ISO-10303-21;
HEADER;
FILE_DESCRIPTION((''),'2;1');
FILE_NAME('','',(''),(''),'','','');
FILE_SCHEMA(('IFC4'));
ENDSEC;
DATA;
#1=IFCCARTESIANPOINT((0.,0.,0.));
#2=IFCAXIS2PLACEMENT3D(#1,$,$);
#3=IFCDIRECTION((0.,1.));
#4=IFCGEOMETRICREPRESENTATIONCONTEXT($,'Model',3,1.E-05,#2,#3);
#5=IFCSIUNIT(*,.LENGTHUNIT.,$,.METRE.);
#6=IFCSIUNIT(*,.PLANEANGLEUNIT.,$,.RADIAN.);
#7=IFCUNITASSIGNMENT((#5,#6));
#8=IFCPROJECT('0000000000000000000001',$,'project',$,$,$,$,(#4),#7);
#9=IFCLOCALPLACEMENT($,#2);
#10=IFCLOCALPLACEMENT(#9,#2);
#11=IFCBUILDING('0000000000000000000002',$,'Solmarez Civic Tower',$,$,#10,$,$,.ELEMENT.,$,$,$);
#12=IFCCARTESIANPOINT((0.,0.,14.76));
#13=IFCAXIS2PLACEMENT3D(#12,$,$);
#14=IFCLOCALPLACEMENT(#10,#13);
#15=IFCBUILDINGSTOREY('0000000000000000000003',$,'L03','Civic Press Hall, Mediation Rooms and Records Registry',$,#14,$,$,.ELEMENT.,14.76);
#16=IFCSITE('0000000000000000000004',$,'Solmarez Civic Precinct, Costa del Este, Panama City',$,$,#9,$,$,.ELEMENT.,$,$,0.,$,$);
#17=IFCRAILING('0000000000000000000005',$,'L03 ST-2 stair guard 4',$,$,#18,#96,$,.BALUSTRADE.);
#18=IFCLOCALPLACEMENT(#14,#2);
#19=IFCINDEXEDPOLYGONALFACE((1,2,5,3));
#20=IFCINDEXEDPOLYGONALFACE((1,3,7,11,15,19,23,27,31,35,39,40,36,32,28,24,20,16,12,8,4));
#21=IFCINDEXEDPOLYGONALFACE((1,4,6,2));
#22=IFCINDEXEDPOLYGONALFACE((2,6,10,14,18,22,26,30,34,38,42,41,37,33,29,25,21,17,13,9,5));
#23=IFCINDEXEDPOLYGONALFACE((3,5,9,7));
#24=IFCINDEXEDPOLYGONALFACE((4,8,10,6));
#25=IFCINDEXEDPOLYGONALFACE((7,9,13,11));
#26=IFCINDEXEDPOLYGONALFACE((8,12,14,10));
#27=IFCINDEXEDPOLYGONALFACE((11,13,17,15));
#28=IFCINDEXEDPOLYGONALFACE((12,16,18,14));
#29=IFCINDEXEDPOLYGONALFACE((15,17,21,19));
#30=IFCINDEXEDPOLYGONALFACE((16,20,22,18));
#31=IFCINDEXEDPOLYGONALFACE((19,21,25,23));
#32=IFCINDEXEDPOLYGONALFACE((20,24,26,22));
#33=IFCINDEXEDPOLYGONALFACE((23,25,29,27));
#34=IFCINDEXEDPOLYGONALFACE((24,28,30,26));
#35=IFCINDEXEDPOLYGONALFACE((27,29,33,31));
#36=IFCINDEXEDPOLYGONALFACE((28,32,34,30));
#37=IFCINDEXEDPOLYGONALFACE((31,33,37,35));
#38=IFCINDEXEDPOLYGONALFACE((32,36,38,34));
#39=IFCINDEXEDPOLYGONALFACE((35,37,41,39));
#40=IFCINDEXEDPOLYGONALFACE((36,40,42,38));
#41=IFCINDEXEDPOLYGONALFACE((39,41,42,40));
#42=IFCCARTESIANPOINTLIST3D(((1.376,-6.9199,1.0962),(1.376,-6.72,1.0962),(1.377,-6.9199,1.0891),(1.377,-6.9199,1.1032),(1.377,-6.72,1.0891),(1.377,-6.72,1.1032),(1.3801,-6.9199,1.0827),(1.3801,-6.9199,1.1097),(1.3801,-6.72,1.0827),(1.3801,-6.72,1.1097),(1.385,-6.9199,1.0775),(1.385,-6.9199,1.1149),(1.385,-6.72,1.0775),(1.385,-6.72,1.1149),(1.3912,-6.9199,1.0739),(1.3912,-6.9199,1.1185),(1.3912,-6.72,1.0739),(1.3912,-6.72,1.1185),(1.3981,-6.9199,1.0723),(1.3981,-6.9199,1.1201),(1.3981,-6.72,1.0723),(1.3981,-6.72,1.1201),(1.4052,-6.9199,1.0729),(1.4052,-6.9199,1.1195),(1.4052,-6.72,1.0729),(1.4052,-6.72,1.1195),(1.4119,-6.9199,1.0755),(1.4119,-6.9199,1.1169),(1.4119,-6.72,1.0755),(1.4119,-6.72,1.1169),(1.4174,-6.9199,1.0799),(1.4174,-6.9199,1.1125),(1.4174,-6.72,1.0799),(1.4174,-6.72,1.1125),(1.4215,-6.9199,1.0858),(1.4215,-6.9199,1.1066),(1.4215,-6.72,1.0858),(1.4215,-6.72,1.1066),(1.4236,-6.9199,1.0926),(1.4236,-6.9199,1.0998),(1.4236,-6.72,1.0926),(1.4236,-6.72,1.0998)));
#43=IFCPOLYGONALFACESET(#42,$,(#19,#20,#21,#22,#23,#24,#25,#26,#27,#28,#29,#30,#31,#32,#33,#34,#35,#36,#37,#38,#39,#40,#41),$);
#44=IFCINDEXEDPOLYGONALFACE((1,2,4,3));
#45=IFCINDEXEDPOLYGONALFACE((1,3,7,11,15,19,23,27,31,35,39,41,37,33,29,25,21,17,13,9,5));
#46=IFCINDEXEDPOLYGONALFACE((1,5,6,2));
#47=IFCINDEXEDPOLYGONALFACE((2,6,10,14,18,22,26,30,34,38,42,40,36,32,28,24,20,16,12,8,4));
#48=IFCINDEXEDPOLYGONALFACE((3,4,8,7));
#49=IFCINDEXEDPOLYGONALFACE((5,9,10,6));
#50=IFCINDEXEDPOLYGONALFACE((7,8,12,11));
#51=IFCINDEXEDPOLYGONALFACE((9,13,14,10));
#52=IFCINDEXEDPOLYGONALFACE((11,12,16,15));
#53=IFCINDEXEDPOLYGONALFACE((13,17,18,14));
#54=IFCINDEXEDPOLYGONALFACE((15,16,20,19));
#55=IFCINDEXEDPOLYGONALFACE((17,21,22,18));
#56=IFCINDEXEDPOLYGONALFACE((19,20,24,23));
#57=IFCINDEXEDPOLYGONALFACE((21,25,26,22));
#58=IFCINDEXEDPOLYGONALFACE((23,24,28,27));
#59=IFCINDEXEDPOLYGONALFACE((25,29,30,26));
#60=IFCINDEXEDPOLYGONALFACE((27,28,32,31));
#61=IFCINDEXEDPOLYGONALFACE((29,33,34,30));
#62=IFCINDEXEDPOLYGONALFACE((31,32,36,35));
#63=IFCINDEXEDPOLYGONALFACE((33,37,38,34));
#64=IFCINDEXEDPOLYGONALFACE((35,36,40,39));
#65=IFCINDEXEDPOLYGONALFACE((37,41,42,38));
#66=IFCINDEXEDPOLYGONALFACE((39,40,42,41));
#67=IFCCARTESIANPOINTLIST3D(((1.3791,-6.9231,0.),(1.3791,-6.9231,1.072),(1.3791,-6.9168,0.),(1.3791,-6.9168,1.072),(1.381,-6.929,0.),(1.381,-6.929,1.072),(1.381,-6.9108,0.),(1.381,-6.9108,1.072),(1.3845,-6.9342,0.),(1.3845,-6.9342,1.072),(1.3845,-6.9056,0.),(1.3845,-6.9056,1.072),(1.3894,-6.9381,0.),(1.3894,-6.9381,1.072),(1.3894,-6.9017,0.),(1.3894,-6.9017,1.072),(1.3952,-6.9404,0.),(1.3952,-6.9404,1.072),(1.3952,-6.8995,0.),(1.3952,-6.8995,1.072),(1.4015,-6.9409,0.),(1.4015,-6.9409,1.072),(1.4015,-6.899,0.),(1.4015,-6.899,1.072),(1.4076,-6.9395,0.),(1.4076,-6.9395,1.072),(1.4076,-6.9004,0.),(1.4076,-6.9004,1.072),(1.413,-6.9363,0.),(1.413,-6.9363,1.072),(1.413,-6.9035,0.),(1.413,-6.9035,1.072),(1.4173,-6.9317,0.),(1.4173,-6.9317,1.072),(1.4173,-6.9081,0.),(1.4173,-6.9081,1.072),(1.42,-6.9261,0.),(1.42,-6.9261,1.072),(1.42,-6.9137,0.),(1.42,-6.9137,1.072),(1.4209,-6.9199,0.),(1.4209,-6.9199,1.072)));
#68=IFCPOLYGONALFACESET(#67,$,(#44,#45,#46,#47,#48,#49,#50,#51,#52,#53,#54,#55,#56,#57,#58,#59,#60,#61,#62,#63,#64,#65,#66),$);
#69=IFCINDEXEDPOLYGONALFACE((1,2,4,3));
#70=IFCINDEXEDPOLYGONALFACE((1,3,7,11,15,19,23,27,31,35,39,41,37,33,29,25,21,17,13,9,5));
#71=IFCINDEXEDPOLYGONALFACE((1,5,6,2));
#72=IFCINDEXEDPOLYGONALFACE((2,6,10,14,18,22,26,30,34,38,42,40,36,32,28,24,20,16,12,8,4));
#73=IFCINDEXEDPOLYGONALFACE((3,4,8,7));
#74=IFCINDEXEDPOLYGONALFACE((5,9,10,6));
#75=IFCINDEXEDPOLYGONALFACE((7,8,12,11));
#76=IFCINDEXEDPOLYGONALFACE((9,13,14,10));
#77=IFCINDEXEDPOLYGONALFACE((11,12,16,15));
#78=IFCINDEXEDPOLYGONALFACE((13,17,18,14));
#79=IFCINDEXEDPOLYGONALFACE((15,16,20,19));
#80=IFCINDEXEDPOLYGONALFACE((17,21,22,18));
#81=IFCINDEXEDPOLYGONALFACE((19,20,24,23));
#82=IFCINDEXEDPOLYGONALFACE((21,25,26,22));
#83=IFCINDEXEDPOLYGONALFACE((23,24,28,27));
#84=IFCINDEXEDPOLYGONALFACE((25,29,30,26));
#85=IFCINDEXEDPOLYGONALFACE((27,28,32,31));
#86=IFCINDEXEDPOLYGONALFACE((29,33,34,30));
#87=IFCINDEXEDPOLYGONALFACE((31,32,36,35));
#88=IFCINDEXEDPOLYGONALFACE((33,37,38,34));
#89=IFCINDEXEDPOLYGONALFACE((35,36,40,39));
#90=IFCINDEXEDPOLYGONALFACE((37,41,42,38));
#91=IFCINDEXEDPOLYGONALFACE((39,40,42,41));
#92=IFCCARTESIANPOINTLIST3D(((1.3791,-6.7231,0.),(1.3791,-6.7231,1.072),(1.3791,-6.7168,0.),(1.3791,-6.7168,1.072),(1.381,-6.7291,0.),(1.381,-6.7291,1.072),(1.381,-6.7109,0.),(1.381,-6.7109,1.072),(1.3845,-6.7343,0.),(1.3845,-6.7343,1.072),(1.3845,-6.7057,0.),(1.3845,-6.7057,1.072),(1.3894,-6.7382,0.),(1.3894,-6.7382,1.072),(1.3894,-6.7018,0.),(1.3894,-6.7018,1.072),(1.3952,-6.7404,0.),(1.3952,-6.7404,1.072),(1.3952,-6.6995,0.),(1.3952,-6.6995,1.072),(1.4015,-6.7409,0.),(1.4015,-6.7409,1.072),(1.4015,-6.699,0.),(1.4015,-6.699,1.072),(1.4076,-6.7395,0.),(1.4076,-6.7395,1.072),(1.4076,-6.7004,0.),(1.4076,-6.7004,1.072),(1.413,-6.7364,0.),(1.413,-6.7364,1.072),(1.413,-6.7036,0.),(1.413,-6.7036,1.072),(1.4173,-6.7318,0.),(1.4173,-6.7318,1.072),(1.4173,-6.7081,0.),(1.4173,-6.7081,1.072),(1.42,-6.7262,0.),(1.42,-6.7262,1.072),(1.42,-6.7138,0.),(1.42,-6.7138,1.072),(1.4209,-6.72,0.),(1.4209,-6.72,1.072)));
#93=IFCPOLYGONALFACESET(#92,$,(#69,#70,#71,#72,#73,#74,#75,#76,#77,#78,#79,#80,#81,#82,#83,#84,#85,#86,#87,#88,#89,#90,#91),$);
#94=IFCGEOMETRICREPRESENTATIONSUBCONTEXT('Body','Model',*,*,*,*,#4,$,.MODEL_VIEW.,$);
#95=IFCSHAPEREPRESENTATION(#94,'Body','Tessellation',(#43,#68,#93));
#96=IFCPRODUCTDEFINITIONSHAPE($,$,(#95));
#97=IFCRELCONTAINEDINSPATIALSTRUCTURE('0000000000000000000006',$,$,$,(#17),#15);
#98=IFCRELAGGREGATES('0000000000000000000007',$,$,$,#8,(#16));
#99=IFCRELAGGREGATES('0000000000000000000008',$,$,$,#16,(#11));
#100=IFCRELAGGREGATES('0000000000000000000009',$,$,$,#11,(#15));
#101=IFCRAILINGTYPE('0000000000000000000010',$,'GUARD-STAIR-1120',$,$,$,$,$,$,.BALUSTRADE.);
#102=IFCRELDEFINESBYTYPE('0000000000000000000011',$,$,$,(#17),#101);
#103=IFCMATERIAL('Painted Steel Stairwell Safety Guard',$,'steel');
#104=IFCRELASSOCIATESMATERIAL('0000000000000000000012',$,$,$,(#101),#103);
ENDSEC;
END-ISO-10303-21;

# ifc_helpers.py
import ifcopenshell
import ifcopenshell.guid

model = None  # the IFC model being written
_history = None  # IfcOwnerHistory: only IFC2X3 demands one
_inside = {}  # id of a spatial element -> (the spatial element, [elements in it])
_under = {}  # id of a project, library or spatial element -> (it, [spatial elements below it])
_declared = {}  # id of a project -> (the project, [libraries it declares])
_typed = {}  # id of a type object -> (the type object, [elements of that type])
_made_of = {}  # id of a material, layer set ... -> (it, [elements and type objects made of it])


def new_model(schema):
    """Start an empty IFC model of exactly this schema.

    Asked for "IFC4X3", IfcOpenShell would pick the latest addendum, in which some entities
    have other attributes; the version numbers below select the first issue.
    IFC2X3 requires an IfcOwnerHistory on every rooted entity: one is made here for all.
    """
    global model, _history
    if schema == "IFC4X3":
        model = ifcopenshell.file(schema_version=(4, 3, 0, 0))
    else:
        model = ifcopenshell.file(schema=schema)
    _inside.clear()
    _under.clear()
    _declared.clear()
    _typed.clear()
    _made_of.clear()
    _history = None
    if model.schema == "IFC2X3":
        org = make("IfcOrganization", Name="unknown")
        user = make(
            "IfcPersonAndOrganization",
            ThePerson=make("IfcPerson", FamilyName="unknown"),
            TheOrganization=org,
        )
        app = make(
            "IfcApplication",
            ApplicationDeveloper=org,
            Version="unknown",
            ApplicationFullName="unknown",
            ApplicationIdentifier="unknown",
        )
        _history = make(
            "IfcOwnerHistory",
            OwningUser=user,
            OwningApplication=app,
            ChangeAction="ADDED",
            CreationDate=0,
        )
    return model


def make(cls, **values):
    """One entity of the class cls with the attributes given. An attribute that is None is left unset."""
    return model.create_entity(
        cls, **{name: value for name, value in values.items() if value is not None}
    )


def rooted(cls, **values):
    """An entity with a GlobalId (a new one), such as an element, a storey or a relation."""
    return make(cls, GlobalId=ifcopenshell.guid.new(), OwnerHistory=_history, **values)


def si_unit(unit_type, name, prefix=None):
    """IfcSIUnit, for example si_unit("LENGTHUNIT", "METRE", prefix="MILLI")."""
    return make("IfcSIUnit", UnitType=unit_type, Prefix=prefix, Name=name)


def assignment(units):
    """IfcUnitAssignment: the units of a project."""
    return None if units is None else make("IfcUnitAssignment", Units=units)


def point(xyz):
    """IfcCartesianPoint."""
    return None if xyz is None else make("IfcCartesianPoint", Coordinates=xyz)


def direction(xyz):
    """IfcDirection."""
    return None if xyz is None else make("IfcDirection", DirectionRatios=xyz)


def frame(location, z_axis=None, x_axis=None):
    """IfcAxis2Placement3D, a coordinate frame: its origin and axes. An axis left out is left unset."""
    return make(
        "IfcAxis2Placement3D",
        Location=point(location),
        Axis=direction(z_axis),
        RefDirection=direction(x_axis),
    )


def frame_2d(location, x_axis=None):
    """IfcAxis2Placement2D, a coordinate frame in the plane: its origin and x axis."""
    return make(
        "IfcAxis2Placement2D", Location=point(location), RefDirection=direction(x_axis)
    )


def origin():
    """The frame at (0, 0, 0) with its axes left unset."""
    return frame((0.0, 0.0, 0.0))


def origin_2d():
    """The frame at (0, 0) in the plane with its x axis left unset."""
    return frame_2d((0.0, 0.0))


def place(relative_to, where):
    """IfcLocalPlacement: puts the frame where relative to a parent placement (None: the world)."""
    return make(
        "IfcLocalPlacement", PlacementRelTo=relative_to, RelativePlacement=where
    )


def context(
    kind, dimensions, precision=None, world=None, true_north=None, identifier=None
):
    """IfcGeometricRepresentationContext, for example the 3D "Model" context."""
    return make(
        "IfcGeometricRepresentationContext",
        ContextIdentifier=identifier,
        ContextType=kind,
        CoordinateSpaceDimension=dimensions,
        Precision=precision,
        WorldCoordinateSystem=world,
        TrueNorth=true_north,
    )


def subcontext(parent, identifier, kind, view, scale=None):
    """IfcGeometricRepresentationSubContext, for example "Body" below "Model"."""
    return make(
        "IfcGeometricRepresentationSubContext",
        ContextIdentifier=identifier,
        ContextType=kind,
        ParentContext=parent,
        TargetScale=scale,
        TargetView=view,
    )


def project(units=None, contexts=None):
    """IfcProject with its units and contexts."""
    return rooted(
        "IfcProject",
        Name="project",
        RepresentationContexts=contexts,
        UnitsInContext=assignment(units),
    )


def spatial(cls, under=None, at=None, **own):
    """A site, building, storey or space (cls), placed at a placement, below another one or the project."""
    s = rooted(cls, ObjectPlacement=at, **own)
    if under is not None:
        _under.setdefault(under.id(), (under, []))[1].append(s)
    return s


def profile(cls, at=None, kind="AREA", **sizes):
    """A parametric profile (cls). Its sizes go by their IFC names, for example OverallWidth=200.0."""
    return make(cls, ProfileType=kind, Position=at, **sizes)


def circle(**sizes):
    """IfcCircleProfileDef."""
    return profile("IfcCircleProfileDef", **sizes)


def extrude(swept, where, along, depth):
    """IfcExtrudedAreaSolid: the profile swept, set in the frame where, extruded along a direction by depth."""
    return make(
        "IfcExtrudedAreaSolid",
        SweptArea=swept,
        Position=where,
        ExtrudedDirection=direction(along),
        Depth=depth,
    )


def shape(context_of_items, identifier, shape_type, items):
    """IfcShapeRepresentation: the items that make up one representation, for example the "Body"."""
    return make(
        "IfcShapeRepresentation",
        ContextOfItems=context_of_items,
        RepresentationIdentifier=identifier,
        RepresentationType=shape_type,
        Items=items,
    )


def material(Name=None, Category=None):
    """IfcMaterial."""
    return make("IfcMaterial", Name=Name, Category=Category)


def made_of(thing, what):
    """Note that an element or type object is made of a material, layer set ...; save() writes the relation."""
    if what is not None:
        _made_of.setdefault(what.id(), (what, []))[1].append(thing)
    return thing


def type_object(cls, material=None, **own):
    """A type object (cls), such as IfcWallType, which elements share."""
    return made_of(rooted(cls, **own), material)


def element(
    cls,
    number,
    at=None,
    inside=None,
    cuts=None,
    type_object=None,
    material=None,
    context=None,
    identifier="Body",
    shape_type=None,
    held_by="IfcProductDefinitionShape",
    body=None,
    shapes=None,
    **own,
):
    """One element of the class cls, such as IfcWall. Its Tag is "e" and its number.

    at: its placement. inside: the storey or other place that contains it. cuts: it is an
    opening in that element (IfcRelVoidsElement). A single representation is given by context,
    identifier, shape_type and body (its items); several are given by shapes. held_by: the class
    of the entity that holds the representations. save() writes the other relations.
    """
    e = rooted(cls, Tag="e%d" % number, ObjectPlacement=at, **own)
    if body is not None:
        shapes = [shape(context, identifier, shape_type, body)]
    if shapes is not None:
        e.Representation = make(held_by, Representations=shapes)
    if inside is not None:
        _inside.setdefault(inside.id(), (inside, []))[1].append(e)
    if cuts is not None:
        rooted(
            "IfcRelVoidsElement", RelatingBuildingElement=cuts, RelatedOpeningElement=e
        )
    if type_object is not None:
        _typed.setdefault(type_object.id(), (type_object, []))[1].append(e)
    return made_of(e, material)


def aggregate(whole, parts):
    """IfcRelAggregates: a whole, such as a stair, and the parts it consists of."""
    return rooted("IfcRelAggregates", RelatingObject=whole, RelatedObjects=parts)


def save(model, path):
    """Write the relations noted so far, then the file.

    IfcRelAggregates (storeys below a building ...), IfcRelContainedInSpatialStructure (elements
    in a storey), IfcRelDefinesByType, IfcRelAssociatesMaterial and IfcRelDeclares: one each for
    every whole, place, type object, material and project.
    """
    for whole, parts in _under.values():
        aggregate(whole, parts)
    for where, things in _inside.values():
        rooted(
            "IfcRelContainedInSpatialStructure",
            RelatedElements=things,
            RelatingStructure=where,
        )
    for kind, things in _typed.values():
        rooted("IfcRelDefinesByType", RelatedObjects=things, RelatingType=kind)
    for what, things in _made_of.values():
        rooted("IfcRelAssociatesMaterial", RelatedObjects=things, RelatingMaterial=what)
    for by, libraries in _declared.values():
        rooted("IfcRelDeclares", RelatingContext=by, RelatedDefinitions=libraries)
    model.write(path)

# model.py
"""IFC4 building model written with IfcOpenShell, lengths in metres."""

from ifc_helpers import new_model, si_unit, direction, frame, origin, origin_2d, place, context, subcontext, project, spatial, circle, extrude, material, type_object, element, save


model = new_model("IFC4")

# Units and contexts
model_context = context("Model", 3, precision=1e-05, world=origin(), true_north=direction((0.0, 1.0)))
body_context = subcontext(model_context, "Body", "Model", "MODEL_VIEW")
ifc_project = project(units=[si_unit("LENGTHUNIT", "METRE"), si_unit("PLANEANGLEUNIT", "RADIAN")], contexts=[model_context])

# Site, building, storey
site_placement = place(None, origin())
site = spatial("IfcSite", under=ifc_project, at=site_placement, Name="Solmarez Civic Precinct, Costa del Este, Panama City", CompositionType="ELEMENT", RefElevation=0.0)
building_placement = place(site_placement, origin())
building = spatial("IfcBuilding", under=site, at=building_placement, Name="Solmarez Civic Tower", CompositionType="ELEMENT")
storey_placement = place(building_placement, frame((0.0, 0.0, 14.76)))
storey = spatial("IfcBuildingStorey", under=building, at=storey_placement, Name="L03", Description="Civic Press Hall, Mediation Rooms and Records Registry", CompositionType="ELEMENT", Elevation=14.76)

# Railing
ifc_material_1 = material(Name="Painted Steel Stairwell Safety Guard", Category="steel")
railing_type_1 = type_object("IfcRailingType", Name="GUARD-STAIR-1120", PredefinedType="BALUSTRADE", material=ifc_material_1)
railing_1_placement = place(storey_placement, frame((1.3999, -6.9199, 0.0)))
element("IfcRailing", 1, at=railing_1_placement, inside=storey, type_object=railing_type_1, Name="L03 ST-2 stair guard 4", PredefinedType="BALUSTRADE", context=body_context, shape_type="SweptSolid", body=[
    extrude(circle(Radius=0.0239, at=origin_2d()), frame((0.0, 0.0, 1.0962), z_axis=(0.0, 1.0, 0.0), x_axis=(-1.0, 0.0, 0.0)), (0.0, 0.0, 1.0), 0.2),
    extrude(circle(Radius=0.021, at=origin_2d()), origin(), (0.0, 0.0, 1.0), 1.072),
    extrude(circle(Radius=0.021, at=origin_2d()), frame((0.0, 0.2, 0.0)), (0.0, 0.0, 1.0), 1.072),
])

save(model, "model.ifc")
